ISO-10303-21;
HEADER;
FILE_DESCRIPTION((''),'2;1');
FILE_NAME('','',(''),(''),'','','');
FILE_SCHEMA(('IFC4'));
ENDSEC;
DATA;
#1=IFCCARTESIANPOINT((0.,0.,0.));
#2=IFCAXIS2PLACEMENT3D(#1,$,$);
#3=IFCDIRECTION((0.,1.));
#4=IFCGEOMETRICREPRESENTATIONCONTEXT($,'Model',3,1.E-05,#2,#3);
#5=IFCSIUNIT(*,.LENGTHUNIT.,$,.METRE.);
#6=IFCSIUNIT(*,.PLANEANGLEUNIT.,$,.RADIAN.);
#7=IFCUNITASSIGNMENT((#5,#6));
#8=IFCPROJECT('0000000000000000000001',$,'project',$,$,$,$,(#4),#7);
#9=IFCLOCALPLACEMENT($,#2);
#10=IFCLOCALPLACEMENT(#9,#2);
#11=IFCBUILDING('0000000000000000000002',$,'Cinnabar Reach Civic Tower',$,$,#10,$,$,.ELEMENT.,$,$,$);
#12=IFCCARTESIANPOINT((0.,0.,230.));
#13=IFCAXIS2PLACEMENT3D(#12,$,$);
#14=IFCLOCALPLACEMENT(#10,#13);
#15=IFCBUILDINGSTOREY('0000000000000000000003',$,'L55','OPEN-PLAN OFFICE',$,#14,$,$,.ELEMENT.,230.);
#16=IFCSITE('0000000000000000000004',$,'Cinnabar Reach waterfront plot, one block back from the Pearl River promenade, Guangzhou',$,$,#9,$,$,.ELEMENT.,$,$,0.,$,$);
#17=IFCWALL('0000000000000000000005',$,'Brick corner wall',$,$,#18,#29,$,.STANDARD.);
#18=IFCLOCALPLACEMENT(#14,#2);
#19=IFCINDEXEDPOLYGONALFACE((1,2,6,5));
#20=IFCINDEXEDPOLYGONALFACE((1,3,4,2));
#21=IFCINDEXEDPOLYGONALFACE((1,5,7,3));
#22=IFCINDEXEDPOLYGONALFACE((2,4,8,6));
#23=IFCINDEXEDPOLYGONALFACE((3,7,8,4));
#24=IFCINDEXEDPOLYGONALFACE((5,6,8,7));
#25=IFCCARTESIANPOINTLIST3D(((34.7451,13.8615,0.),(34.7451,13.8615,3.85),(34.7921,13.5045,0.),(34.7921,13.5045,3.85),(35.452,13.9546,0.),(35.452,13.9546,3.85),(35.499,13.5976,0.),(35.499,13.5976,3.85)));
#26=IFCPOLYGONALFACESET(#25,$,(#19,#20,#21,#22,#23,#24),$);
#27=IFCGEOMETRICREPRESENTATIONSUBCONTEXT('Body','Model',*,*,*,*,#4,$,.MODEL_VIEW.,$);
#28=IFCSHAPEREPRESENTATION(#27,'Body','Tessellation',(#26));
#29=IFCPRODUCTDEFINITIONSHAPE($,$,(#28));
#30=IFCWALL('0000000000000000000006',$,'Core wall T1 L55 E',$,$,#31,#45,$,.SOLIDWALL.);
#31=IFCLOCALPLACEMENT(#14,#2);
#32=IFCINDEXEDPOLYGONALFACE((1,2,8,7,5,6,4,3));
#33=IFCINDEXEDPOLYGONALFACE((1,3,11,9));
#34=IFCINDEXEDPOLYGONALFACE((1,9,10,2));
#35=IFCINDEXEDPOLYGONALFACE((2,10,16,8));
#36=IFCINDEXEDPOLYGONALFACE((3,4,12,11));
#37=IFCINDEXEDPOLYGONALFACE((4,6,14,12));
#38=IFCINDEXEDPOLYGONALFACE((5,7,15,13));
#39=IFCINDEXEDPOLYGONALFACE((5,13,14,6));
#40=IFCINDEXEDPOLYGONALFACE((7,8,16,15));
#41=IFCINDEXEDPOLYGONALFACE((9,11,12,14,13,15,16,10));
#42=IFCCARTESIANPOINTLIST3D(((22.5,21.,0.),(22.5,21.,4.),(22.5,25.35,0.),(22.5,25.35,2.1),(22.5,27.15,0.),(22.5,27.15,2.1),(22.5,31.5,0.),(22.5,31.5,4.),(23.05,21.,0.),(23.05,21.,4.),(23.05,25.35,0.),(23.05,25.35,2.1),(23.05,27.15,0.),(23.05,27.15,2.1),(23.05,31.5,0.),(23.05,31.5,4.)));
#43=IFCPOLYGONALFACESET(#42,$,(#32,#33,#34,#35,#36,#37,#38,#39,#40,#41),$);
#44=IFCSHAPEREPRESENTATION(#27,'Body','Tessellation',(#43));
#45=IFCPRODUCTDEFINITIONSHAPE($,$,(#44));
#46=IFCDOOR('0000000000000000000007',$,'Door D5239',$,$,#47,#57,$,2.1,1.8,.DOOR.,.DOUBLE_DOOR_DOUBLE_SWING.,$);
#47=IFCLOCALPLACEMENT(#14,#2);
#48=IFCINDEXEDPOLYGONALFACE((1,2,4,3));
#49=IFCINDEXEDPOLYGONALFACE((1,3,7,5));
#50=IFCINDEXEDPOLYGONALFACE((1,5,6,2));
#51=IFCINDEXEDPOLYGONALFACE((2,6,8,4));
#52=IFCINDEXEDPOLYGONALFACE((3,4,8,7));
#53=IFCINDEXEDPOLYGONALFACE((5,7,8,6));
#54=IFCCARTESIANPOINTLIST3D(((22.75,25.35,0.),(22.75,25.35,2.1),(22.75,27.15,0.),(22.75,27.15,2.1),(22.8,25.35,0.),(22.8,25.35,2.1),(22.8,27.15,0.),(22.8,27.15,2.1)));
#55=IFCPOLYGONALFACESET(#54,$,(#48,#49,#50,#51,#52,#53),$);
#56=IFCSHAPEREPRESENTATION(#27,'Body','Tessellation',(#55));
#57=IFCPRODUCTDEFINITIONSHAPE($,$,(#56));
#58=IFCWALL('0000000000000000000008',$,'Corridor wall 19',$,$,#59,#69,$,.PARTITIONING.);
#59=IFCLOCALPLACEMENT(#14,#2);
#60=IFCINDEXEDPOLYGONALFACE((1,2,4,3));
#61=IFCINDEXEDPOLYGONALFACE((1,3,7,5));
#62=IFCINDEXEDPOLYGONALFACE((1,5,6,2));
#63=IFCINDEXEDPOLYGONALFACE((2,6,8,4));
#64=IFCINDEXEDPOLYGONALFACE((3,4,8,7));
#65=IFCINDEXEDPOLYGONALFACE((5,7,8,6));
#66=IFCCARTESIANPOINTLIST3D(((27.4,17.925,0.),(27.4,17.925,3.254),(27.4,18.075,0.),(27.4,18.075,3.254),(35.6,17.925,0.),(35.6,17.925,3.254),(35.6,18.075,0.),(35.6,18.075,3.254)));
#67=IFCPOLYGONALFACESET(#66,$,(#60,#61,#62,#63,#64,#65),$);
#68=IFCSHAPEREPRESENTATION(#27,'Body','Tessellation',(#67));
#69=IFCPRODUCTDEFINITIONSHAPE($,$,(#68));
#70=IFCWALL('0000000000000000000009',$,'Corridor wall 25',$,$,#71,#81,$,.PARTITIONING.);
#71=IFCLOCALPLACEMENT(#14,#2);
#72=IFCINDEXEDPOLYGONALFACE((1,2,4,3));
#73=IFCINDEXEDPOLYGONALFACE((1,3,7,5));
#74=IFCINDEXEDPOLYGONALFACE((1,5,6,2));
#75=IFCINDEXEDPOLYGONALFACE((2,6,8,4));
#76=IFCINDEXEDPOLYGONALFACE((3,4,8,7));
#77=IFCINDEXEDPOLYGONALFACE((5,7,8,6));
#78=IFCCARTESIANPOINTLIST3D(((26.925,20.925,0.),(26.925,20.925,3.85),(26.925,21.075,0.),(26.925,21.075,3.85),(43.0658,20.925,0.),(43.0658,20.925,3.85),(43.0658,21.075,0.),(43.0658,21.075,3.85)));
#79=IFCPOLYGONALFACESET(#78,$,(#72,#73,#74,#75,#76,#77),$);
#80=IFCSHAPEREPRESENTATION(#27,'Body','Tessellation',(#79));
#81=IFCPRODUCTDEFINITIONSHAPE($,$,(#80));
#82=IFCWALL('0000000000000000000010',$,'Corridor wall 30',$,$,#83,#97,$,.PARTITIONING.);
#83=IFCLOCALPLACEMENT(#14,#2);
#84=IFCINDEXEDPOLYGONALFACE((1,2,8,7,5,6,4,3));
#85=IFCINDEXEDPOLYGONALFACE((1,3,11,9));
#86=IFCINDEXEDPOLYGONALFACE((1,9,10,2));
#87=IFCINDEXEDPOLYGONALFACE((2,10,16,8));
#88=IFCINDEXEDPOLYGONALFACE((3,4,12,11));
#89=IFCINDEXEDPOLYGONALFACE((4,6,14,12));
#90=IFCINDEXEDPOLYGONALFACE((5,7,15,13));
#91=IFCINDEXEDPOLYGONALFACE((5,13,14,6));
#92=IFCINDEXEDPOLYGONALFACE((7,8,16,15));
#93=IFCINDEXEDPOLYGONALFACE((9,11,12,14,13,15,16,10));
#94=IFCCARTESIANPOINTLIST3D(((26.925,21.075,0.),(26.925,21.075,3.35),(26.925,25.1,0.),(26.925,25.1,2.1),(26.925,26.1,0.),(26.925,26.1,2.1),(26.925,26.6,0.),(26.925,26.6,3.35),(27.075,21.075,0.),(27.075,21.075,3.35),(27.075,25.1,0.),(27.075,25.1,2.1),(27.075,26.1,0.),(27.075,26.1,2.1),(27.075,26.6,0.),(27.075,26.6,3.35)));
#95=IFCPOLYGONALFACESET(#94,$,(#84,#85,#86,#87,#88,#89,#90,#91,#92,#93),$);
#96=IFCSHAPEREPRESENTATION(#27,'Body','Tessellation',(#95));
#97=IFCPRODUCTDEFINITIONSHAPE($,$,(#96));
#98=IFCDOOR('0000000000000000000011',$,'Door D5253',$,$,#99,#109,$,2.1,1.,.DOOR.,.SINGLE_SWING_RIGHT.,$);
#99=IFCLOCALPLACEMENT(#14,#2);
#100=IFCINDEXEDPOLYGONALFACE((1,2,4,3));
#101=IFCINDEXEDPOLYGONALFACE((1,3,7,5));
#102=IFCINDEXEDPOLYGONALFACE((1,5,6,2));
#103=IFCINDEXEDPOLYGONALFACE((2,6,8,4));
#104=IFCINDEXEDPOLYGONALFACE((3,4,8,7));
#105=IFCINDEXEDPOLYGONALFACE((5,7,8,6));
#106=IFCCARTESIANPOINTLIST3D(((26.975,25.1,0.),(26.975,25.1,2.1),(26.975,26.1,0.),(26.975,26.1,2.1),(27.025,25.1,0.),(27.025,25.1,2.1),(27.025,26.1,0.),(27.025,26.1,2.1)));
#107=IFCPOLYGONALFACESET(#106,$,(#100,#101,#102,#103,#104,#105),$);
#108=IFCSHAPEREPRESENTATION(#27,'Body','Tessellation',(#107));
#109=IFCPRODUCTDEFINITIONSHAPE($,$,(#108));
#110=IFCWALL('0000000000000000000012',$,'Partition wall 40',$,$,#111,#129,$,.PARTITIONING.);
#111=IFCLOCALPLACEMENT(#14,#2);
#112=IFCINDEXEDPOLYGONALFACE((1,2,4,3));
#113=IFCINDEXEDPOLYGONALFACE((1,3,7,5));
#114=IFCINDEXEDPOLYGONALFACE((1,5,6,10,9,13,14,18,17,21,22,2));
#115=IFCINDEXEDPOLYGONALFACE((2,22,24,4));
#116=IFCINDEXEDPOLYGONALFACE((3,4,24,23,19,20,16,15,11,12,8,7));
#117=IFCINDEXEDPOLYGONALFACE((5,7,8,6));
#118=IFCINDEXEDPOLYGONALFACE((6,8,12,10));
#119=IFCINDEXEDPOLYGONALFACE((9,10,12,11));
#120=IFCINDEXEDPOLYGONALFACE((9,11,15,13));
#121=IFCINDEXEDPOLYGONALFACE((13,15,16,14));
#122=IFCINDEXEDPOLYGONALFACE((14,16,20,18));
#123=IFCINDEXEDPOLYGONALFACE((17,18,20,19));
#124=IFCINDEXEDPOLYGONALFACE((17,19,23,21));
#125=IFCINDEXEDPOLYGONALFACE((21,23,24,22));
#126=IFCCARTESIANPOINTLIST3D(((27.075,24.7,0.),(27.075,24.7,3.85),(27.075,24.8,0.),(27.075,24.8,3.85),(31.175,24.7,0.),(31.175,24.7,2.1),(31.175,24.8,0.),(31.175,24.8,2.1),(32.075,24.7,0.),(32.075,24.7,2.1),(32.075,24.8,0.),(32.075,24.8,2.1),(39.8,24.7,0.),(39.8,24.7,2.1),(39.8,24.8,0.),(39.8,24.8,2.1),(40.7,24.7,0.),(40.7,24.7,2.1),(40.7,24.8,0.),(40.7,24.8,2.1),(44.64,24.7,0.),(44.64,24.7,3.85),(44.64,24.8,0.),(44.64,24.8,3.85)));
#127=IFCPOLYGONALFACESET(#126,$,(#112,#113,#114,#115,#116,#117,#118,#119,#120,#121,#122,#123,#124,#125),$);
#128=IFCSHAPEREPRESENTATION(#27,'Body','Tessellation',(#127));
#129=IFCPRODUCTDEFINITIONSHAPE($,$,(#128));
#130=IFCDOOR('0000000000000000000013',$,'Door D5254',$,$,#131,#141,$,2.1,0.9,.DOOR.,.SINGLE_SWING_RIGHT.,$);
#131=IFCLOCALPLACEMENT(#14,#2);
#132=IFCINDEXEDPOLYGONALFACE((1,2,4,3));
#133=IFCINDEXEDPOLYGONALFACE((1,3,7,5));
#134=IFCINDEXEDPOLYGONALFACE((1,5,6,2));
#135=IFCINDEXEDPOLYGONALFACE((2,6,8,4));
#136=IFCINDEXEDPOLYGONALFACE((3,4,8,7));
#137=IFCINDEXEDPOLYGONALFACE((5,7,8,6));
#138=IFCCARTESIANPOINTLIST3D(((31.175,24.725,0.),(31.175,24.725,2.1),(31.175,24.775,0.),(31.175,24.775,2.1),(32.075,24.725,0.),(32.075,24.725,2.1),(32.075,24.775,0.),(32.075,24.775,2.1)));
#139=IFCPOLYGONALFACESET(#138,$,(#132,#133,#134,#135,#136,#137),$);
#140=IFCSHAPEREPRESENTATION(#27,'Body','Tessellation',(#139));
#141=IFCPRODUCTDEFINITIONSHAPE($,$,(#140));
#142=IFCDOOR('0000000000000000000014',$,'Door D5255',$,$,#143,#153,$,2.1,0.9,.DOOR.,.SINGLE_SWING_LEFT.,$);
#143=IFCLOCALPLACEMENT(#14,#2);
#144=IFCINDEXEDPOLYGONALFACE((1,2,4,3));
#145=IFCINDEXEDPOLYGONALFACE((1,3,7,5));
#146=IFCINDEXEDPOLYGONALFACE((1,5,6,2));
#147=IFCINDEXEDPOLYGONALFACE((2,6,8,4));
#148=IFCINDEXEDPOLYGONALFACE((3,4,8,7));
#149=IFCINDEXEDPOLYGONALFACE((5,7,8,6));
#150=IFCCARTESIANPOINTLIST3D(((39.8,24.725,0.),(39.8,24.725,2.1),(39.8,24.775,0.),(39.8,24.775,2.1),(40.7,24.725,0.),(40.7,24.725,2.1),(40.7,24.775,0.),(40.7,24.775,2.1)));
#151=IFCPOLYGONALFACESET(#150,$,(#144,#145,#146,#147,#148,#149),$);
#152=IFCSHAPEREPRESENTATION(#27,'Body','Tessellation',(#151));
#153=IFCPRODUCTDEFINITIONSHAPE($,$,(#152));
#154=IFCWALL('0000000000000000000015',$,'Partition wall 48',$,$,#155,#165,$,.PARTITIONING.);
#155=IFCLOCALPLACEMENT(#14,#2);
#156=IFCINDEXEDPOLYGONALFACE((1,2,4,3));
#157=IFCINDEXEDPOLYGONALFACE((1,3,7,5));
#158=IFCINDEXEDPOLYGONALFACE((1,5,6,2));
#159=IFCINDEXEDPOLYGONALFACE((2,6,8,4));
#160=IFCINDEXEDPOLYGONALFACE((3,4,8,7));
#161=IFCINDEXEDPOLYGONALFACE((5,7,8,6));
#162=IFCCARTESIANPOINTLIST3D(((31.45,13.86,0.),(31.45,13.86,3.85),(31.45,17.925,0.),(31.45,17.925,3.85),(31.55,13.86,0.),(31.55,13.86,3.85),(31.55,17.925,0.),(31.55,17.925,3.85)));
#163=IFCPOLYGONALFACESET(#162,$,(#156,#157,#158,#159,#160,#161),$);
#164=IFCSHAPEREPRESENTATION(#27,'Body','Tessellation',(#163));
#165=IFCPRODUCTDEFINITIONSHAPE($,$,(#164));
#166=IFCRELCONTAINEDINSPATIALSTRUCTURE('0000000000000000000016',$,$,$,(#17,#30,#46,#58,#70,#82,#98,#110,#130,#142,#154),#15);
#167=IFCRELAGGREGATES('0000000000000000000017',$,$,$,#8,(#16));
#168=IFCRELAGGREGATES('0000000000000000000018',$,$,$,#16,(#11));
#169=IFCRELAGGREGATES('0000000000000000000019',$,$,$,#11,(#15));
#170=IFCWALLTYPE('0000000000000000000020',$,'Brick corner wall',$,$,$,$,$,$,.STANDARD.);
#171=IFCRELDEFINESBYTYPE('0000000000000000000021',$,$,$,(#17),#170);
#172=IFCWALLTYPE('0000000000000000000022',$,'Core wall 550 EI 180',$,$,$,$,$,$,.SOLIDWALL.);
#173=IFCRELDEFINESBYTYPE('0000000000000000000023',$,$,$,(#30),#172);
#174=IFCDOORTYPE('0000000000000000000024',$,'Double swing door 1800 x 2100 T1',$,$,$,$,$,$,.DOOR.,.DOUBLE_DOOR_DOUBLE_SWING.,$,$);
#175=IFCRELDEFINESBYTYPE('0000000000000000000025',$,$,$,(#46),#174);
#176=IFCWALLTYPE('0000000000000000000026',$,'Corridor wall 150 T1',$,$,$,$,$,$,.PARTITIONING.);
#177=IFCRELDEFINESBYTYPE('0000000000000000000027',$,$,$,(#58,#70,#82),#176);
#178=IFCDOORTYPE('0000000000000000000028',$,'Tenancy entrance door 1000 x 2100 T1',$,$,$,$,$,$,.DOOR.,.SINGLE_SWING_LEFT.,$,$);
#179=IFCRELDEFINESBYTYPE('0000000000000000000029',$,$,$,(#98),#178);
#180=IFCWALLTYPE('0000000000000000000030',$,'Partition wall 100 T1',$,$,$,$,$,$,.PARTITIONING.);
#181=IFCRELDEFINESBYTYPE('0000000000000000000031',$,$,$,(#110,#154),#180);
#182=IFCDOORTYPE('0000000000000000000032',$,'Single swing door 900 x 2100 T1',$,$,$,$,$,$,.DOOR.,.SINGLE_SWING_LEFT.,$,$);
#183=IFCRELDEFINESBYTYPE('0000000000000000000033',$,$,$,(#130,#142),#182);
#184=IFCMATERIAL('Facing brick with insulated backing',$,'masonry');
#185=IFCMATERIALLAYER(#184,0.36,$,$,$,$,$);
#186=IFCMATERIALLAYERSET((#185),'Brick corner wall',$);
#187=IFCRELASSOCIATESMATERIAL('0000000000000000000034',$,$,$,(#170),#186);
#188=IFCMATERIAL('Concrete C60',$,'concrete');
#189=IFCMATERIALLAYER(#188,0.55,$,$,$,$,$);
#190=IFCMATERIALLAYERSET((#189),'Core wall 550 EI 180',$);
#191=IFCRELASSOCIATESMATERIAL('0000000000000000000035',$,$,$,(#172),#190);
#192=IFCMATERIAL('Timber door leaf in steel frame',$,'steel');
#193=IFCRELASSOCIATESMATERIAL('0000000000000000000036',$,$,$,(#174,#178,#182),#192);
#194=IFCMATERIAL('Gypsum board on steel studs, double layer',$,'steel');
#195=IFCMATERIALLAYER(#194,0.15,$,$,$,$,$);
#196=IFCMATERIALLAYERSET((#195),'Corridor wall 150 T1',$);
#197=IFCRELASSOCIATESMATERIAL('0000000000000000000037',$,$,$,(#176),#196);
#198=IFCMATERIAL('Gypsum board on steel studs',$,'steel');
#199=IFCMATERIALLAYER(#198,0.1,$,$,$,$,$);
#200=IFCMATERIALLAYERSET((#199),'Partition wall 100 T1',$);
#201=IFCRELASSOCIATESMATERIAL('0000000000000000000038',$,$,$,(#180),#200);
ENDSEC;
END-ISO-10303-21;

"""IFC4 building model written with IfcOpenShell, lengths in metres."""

from ifc_helpers import new_model, si_unit, direction, frame, frame_2d, origin, place, context, subcontext, project, spatial, rectangle, extrude, material, layer, layer_set, type_object, element, fill, save


model = new_model("IFC4")

# Units and contexts
model_context = context("Model", 3, precision=1e-05, world=origin(), true_north=direction((0.0, 1.0)))
body_context = subcontext(model_context, "Body", "Model", "MODEL_VIEW")
ifc_project = project(units=[si_unit("LENGTHUNIT", "METRE"), si_unit("PLANEANGLEUNIT", "RADIAN")], contexts=[model_context])

# Site, building, storey
site_placement = place(None, origin())
site = spatial("IfcSite", under=ifc_project, at=site_placement, Name="Cinnabar Reach waterfront plot, one block back from the Pearl River promenade, Guangzhou", CompositionType="ELEMENT", RefElevation=0.0)
building_placement = place(site_placement, origin())
building = spatial("IfcBuilding", under=site, at=building_placement, Name="Cinnabar Reach Civic Tower", CompositionType="ELEMENT")
storey_placement = place(building_placement, frame((0.0, 0.0, 230.0)))
storey = spatial("IfcBuildingStorey", under=building, at=storey_placement, Name="L55", Description="OPEN-PLAN OFFICE", CompositionType="ELEMENT", Elevation=230.0)

# Shared definitions
ifc_material_1 = material(Name="Concrete C60", Category="concrete")

# Wall
ifc_material_2 = material(Name="Facing brick with insulated backing", Category="masonry")
ifc_layer_1 = layer(ifc_material_2, 0.36)
ifc_layer_set_1 = layer_set([ifc_layer_1], Name="Brick corner wall")
wall_type_1 = type_object("IfcWallType", Name="Brick corner wall", PredefinedType="STANDARD", material=ifc_layer_set_1)
wall_1_placement = place(storey_placement, frame((34.7686, 13.683, 0.0), z_axis=(0.0, 0.0, 1.0), x_axis=(0.991441, 0.130556, 0.0)))
element("IfcWall", 1, at=wall_1_placement, inside=storey, type_object=wall_type_1, Name="Brick corner wall", PredefinedType="STANDARD", context=body_context, shape_type="SweptSolid", body=[
    extrude(rectangle(XDim=0.7131, YDim=0.36, at=frame_2d((0.3565, 0.0))), origin(), (0.0, 0.0, 1.0), 3.85),
])

# Wall, opening, door
ifc_layer_2 = layer(ifc_material_1, 0.55)
ifc_layer_set_2 = layer_set([ifc_layer_2], Name="Core wall 550 EI 180")
wall_type_2 = type_object("IfcWallType", Name="Core wall 550 EI 180", PredefinedType="SOLIDWALL", material=ifc_layer_set_2)
wall_2_placement = place(storey_placement, frame((22.775, 21.0, 0.0), z_axis=(0.0, 0.0, 1.0), x_axis=(0.0, 1.0, 0.0)))
wall_2 = element("IfcWall", 2, at=wall_2_placement, inside=storey, type_object=wall_type_2, Name="Core wall T1 L55 E", PredefinedType="SOLIDWALL", context=body_context, shape_type="SweptSolid", body=[
    extrude(rectangle(XDim=10.5, YDim=0.55, at=frame_2d((5.25, 0.0))), origin(), (0.0, 0.0, 1.0), 4.0),
])
opening_1_placement = place(wall_2_placement, frame((4.35, 0.0, 0.0)))
opening_1 = element("IfcOpeningElement", 3, at=opening_1_placement, cuts=wall_2, PredefinedType="OPENING", context=body_context, shape_type="SweptSolid", body=[
    extrude(rectangle(XDim=1.8, YDim=2.1, at=frame_2d((0.9, 1.05))), frame((0.0, 0.285, 0.0), z_axis=(0.0, -1.0, 0.0), x_axis=(1.0, 0.0, 0.0)), (0.0, 0.0, 1.0), 0.57),
])
ifc_material_3 = material(Name="Timber door leaf in steel frame", Category="steel")
door_type_1 = type_object("IfcDoorType", Name="Double swing door 1800 x 2100 T1", OperationType="DOUBLE_DOOR_DOUBLE_SWING", PredefinedType="DOOR", material=ifc_material_3)
door_1_placement = place(opening_1_placement, origin())
door_1 = element("IfcDoor", 4, at=door_1_placement, inside=storey, type_object=door_type_1, Name="Door D5239", OperationType="DOUBLE_DOOR_DOUBLE_SWING", OverallHeight=2.1, OverallWidth=1.8, PredefinedType="DOOR", context=body_context, shape_type="SweptSolid", body=[
    extrude(rectangle(XDim=1.8, YDim=2.1, at=frame_2d((0.9, 1.05))), frame((0.0, 0.025, 0.0), z_axis=(0.0, -1.0, 0.0), x_axis=(1.0, 0.0, 0.0)), (0.0, 0.0, 1.0), 0.05),
])
fill(opening_1, door_1)

# Walls
ifc_material_4 = material(Name="Gypsum board on steel studs, double layer", Category="steel")
ifc_layer_3 = layer(ifc_material_4, 0.15)
ifc_layer_set_3 = layer_set([ifc_layer_3], Name="Corridor wall 150 T1")
wall_type_3 = type_object("IfcWallType", Name="Corridor wall 150 T1", PredefinedType="PARTITIONING", material=ifc_layer_set_3)
wall_3_placement = place(storey_placement, frame((27.4, 18.0, 0.0), z_axis=(0.0, 0.0, 1.0), x_axis=(1.0, 0.0, 0.0)))
element("IfcWall", 5, at=wall_3_placement, inside=storey, type_object=wall_type_3, Name="Corridor wall 19", PredefinedType="PARTITIONING", context=body_context, shape_type="SweptSolid", body=[
    extrude(rectangle(XDim=8.2, YDim=0.15, at=frame_2d((4.1, 0.0))), origin(), (0.0, 0.0, 1.0), 3.254),
])
wall_4_placement = place(storey_placement, frame((26.925, 21.0, 0.0), z_axis=(0.0, 0.0, 1.0), x_axis=(1.0, 0.0, 0.0)))
element("IfcWall", 6, at=wall_4_placement, inside=storey, type_object=wall_type_3, Name="Corridor wall 25", PredefinedType="PARTITIONING", context=body_context, shape_type="SweptSolid", body=[
    extrude(rectangle(XDim=16.1409, YDim=0.15, at=frame_2d((8.0704, 0.0))), origin(), (0.0, 0.0, 1.0), 3.85),
])

# Wall, opening, door
wall_5_placement = place(storey_placement, frame((27.0, 21.075, 0.0), z_axis=(0.0, 0.0, 1.0), x_axis=(0.0, 1.0, 0.0)))
wall_5 = element("IfcWall", 7, at=wall_5_placement, inside=storey, type_object=wall_type_3, Name="Corridor wall 30", PredefinedType="PARTITIONING", context=body_context, shape_type="SweptSolid", body=[
    extrude(rectangle(XDim=5.525, YDim=0.15, at=frame_2d((2.7625, 0.0))), origin(), (0.0, 0.0, 1.0), 3.35),
])
opening_2_placement = place(wall_5_placement, frame((4.025, 0.0, 0.0)))
opening_2 = element("IfcOpeningElement", 8, at=opening_2_placement, cuts=wall_5, PredefinedType="OPENING", context=body_context, shape_type="SweptSolid", body=[
    extrude(rectangle(XDim=1.0, YDim=2.1, at=frame_2d((0.5, 1.05))), frame((0.0, 0.085, 0.0), z_axis=(0.0, -1.0, 0.0), x_axis=(1.0, 0.0, 0.0)), (0.0, 0.0, 1.0), 0.17),
])
door_type_2 = type_object("IfcDoorType", Name="Tenancy entrance door 1000 x 2100 T1", OperationType="SINGLE_SWING_LEFT", PredefinedType="DOOR", material=ifc_material_3)
door_2_placement = place(opening_2_placement, frame((1.0, 0.0, 0.0), z_axis=(0.0, 0.0, 1.0), x_axis=(-1.0, 0.0, 0.0)))
door_2 = element("IfcDoor", 9, at=door_2_placement, inside=storey, type_object=door_type_2, Name="Door D5253", OperationType="SINGLE_SWING_RIGHT", OverallHeight=2.1, OverallWidth=1.0, PredefinedType="DOOR", context=body_context, shape_type="SweptSolid", body=[
    extrude(rectangle(XDim=1.0, YDim=2.1, at=frame_2d((0.5, 1.05))), frame((0.0, 0.025, 0.0), z_axis=(0.0, -1.0, 0.0), x_axis=(1.0, 0.0, 0.0)), (0.0, 0.0, 1.0), 0.05),
])
fill(opening_2, door_2)

# Wall, openings, doors
ifc_material_5 = material(Name="Gypsum board on steel studs", Category="steel")
ifc_layer_4 = layer(ifc_material_5, 0.1)
ifc_layer_set_4 = layer_set([ifc_layer_4], Name="Partition wall 100 T1")
wall_type_4 = type_object("IfcWallType", Name="Partition wall 100 T1", PredefinedType="PARTITIONING", material=ifc_layer_set_4)
wall_6_placement = place(storey_placement, frame((27.075, 24.75, 0.0), z_axis=(0.0, 0.0, 1.0), x_axis=(1.0, 0.0, 0.0)))
wall_6 = element("IfcWall", 10, at=wall_6_placement, inside=storey, type_object=wall_type_4, Name="Partition wall 40", PredefinedType="PARTITIONING", context=body_context, shape_type="SweptSolid", body=[
    extrude(rectangle(XDim=17.565, YDim=0.1, at=frame_2d((8.7825, 0.0))), origin(), (0.0, 0.0, 1.0), 3.85),
])
opening_3_placement = place(wall_6_placement, frame((4.1, 0.0, 0.0)))
opening_3 = element("IfcOpeningElement", 11, at=opening_3_placement, cuts=wall_6, PredefinedType="OPENING", context=body_context, shape_type="SweptSolid", body=[
    extrude(rectangle(XDim=0.9, YDim=2.1, at=frame_2d((0.45, 1.05))), frame((0.0, 0.06, 0.0), z_axis=(0.0, -1.0, 0.0), x_axis=(1.0, 0.0, 0.0)), (0.0, 0.0, 1.0), 0.12),
])
opening_4_placement = place(wall_6_placement, frame((12.725, 0.0, 0.0)))
opening_4 = element("IfcOpeningElement", 12, at=opening_4_placement, cuts=wall_6, PredefinedType="OPENING", context=body_context, shape_type="SweptSolid", body=[
    extrude(rectangle(XDim=0.9, YDim=2.1, at=frame_2d((0.45, 1.05))), frame((0.0, 0.06, 0.0), z_axis=(0.0, -1.0, 0.0), x_axis=(1.0, 0.0, 0.0)), (0.0, 0.0, 1.0), 0.12),
])
door_type_3 = type_object("IfcDoorType", Name="Single swing door 900 x 2100 T1", OperationType="SINGLE_SWING_LEFT", PredefinedType="DOOR", material=ifc_material_3)
door_3_placement = place(opening_3_placement, frame((0.9, 0.0, 0.0), z_axis=(0.0, 0.0, 1.0), x_axis=(-1.0, 0.0, 0.0)))
door_3 = element("IfcDoor", 13, at=door_3_placement, inside=storey, type_object=door_type_3, Name="Door D5254", OperationType="SINGLE_SWING_RIGHT", OverallHeight=2.1, OverallWidth=0.9, PredefinedType="DOOR", context=body_context, shape_type="SweptSolid", body=[
    extrude(rectangle(XDim=0.9, YDim=2.1, at=frame_2d((0.45, 1.05))), frame((0.0, 0.025, 0.0), z_axis=(0.0, -1.0, 0.0), x_axis=(1.0, 0.0, 0.0)), (0.0, 0.0, 1.0), 0.05),
])
fill(opening_3, door_3)
door_4_placement = place(opening_4_placement, frame((0.9, 0.0, 0.0), z_axis=(0.0, 0.0, 1.0), x_axis=(-1.0, 0.0, 0.0)))
door_4 = element("IfcDoor", 14, at=door_4_placement, inside=storey, type_object=door_type_3, Name="Door D5255", OperationType="SINGLE_SWING_LEFT", OverallHeight=2.1, OverallWidth=0.9, PredefinedType="DOOR", context=body_context, shape_type="SweptSolid", body=[
    extrude(rectangle(XDim=0.9, YDim=2.1, at=frame_2d((0.45, 1.05))), frame((0.0, 0.025, 0.0), z_axis=(0.0, -1.0, 0.0), x_axis=(1.0, 0.0, 0.0)), (0.0, 0.0, 1.0), 0.05),
])
fill(opening_4, door_4)

# Wall
wall_7_placement = place(storey_placement, frame((31.5, 13.86, 0.0), z_axis=(0.0, 0.0, 1.0), x_axis=(0.0, 1.0, 0.0)))
element("IfcWall", 15, at=wall_7_placement, inside=storey, type_object=wall_type_4, Name="Partition wall 48", PredefinedType="PARTITIONING", context=body_context, shape_type="SweptSolid", body=[
    extrude(rectangle(XDim=4.065, YDim=0.1, at=frame_2d((2.0325, 0.0))), origin(), (0.0, 0.0, 1.0), 3.85),
])

save(model, "model.ifc")
